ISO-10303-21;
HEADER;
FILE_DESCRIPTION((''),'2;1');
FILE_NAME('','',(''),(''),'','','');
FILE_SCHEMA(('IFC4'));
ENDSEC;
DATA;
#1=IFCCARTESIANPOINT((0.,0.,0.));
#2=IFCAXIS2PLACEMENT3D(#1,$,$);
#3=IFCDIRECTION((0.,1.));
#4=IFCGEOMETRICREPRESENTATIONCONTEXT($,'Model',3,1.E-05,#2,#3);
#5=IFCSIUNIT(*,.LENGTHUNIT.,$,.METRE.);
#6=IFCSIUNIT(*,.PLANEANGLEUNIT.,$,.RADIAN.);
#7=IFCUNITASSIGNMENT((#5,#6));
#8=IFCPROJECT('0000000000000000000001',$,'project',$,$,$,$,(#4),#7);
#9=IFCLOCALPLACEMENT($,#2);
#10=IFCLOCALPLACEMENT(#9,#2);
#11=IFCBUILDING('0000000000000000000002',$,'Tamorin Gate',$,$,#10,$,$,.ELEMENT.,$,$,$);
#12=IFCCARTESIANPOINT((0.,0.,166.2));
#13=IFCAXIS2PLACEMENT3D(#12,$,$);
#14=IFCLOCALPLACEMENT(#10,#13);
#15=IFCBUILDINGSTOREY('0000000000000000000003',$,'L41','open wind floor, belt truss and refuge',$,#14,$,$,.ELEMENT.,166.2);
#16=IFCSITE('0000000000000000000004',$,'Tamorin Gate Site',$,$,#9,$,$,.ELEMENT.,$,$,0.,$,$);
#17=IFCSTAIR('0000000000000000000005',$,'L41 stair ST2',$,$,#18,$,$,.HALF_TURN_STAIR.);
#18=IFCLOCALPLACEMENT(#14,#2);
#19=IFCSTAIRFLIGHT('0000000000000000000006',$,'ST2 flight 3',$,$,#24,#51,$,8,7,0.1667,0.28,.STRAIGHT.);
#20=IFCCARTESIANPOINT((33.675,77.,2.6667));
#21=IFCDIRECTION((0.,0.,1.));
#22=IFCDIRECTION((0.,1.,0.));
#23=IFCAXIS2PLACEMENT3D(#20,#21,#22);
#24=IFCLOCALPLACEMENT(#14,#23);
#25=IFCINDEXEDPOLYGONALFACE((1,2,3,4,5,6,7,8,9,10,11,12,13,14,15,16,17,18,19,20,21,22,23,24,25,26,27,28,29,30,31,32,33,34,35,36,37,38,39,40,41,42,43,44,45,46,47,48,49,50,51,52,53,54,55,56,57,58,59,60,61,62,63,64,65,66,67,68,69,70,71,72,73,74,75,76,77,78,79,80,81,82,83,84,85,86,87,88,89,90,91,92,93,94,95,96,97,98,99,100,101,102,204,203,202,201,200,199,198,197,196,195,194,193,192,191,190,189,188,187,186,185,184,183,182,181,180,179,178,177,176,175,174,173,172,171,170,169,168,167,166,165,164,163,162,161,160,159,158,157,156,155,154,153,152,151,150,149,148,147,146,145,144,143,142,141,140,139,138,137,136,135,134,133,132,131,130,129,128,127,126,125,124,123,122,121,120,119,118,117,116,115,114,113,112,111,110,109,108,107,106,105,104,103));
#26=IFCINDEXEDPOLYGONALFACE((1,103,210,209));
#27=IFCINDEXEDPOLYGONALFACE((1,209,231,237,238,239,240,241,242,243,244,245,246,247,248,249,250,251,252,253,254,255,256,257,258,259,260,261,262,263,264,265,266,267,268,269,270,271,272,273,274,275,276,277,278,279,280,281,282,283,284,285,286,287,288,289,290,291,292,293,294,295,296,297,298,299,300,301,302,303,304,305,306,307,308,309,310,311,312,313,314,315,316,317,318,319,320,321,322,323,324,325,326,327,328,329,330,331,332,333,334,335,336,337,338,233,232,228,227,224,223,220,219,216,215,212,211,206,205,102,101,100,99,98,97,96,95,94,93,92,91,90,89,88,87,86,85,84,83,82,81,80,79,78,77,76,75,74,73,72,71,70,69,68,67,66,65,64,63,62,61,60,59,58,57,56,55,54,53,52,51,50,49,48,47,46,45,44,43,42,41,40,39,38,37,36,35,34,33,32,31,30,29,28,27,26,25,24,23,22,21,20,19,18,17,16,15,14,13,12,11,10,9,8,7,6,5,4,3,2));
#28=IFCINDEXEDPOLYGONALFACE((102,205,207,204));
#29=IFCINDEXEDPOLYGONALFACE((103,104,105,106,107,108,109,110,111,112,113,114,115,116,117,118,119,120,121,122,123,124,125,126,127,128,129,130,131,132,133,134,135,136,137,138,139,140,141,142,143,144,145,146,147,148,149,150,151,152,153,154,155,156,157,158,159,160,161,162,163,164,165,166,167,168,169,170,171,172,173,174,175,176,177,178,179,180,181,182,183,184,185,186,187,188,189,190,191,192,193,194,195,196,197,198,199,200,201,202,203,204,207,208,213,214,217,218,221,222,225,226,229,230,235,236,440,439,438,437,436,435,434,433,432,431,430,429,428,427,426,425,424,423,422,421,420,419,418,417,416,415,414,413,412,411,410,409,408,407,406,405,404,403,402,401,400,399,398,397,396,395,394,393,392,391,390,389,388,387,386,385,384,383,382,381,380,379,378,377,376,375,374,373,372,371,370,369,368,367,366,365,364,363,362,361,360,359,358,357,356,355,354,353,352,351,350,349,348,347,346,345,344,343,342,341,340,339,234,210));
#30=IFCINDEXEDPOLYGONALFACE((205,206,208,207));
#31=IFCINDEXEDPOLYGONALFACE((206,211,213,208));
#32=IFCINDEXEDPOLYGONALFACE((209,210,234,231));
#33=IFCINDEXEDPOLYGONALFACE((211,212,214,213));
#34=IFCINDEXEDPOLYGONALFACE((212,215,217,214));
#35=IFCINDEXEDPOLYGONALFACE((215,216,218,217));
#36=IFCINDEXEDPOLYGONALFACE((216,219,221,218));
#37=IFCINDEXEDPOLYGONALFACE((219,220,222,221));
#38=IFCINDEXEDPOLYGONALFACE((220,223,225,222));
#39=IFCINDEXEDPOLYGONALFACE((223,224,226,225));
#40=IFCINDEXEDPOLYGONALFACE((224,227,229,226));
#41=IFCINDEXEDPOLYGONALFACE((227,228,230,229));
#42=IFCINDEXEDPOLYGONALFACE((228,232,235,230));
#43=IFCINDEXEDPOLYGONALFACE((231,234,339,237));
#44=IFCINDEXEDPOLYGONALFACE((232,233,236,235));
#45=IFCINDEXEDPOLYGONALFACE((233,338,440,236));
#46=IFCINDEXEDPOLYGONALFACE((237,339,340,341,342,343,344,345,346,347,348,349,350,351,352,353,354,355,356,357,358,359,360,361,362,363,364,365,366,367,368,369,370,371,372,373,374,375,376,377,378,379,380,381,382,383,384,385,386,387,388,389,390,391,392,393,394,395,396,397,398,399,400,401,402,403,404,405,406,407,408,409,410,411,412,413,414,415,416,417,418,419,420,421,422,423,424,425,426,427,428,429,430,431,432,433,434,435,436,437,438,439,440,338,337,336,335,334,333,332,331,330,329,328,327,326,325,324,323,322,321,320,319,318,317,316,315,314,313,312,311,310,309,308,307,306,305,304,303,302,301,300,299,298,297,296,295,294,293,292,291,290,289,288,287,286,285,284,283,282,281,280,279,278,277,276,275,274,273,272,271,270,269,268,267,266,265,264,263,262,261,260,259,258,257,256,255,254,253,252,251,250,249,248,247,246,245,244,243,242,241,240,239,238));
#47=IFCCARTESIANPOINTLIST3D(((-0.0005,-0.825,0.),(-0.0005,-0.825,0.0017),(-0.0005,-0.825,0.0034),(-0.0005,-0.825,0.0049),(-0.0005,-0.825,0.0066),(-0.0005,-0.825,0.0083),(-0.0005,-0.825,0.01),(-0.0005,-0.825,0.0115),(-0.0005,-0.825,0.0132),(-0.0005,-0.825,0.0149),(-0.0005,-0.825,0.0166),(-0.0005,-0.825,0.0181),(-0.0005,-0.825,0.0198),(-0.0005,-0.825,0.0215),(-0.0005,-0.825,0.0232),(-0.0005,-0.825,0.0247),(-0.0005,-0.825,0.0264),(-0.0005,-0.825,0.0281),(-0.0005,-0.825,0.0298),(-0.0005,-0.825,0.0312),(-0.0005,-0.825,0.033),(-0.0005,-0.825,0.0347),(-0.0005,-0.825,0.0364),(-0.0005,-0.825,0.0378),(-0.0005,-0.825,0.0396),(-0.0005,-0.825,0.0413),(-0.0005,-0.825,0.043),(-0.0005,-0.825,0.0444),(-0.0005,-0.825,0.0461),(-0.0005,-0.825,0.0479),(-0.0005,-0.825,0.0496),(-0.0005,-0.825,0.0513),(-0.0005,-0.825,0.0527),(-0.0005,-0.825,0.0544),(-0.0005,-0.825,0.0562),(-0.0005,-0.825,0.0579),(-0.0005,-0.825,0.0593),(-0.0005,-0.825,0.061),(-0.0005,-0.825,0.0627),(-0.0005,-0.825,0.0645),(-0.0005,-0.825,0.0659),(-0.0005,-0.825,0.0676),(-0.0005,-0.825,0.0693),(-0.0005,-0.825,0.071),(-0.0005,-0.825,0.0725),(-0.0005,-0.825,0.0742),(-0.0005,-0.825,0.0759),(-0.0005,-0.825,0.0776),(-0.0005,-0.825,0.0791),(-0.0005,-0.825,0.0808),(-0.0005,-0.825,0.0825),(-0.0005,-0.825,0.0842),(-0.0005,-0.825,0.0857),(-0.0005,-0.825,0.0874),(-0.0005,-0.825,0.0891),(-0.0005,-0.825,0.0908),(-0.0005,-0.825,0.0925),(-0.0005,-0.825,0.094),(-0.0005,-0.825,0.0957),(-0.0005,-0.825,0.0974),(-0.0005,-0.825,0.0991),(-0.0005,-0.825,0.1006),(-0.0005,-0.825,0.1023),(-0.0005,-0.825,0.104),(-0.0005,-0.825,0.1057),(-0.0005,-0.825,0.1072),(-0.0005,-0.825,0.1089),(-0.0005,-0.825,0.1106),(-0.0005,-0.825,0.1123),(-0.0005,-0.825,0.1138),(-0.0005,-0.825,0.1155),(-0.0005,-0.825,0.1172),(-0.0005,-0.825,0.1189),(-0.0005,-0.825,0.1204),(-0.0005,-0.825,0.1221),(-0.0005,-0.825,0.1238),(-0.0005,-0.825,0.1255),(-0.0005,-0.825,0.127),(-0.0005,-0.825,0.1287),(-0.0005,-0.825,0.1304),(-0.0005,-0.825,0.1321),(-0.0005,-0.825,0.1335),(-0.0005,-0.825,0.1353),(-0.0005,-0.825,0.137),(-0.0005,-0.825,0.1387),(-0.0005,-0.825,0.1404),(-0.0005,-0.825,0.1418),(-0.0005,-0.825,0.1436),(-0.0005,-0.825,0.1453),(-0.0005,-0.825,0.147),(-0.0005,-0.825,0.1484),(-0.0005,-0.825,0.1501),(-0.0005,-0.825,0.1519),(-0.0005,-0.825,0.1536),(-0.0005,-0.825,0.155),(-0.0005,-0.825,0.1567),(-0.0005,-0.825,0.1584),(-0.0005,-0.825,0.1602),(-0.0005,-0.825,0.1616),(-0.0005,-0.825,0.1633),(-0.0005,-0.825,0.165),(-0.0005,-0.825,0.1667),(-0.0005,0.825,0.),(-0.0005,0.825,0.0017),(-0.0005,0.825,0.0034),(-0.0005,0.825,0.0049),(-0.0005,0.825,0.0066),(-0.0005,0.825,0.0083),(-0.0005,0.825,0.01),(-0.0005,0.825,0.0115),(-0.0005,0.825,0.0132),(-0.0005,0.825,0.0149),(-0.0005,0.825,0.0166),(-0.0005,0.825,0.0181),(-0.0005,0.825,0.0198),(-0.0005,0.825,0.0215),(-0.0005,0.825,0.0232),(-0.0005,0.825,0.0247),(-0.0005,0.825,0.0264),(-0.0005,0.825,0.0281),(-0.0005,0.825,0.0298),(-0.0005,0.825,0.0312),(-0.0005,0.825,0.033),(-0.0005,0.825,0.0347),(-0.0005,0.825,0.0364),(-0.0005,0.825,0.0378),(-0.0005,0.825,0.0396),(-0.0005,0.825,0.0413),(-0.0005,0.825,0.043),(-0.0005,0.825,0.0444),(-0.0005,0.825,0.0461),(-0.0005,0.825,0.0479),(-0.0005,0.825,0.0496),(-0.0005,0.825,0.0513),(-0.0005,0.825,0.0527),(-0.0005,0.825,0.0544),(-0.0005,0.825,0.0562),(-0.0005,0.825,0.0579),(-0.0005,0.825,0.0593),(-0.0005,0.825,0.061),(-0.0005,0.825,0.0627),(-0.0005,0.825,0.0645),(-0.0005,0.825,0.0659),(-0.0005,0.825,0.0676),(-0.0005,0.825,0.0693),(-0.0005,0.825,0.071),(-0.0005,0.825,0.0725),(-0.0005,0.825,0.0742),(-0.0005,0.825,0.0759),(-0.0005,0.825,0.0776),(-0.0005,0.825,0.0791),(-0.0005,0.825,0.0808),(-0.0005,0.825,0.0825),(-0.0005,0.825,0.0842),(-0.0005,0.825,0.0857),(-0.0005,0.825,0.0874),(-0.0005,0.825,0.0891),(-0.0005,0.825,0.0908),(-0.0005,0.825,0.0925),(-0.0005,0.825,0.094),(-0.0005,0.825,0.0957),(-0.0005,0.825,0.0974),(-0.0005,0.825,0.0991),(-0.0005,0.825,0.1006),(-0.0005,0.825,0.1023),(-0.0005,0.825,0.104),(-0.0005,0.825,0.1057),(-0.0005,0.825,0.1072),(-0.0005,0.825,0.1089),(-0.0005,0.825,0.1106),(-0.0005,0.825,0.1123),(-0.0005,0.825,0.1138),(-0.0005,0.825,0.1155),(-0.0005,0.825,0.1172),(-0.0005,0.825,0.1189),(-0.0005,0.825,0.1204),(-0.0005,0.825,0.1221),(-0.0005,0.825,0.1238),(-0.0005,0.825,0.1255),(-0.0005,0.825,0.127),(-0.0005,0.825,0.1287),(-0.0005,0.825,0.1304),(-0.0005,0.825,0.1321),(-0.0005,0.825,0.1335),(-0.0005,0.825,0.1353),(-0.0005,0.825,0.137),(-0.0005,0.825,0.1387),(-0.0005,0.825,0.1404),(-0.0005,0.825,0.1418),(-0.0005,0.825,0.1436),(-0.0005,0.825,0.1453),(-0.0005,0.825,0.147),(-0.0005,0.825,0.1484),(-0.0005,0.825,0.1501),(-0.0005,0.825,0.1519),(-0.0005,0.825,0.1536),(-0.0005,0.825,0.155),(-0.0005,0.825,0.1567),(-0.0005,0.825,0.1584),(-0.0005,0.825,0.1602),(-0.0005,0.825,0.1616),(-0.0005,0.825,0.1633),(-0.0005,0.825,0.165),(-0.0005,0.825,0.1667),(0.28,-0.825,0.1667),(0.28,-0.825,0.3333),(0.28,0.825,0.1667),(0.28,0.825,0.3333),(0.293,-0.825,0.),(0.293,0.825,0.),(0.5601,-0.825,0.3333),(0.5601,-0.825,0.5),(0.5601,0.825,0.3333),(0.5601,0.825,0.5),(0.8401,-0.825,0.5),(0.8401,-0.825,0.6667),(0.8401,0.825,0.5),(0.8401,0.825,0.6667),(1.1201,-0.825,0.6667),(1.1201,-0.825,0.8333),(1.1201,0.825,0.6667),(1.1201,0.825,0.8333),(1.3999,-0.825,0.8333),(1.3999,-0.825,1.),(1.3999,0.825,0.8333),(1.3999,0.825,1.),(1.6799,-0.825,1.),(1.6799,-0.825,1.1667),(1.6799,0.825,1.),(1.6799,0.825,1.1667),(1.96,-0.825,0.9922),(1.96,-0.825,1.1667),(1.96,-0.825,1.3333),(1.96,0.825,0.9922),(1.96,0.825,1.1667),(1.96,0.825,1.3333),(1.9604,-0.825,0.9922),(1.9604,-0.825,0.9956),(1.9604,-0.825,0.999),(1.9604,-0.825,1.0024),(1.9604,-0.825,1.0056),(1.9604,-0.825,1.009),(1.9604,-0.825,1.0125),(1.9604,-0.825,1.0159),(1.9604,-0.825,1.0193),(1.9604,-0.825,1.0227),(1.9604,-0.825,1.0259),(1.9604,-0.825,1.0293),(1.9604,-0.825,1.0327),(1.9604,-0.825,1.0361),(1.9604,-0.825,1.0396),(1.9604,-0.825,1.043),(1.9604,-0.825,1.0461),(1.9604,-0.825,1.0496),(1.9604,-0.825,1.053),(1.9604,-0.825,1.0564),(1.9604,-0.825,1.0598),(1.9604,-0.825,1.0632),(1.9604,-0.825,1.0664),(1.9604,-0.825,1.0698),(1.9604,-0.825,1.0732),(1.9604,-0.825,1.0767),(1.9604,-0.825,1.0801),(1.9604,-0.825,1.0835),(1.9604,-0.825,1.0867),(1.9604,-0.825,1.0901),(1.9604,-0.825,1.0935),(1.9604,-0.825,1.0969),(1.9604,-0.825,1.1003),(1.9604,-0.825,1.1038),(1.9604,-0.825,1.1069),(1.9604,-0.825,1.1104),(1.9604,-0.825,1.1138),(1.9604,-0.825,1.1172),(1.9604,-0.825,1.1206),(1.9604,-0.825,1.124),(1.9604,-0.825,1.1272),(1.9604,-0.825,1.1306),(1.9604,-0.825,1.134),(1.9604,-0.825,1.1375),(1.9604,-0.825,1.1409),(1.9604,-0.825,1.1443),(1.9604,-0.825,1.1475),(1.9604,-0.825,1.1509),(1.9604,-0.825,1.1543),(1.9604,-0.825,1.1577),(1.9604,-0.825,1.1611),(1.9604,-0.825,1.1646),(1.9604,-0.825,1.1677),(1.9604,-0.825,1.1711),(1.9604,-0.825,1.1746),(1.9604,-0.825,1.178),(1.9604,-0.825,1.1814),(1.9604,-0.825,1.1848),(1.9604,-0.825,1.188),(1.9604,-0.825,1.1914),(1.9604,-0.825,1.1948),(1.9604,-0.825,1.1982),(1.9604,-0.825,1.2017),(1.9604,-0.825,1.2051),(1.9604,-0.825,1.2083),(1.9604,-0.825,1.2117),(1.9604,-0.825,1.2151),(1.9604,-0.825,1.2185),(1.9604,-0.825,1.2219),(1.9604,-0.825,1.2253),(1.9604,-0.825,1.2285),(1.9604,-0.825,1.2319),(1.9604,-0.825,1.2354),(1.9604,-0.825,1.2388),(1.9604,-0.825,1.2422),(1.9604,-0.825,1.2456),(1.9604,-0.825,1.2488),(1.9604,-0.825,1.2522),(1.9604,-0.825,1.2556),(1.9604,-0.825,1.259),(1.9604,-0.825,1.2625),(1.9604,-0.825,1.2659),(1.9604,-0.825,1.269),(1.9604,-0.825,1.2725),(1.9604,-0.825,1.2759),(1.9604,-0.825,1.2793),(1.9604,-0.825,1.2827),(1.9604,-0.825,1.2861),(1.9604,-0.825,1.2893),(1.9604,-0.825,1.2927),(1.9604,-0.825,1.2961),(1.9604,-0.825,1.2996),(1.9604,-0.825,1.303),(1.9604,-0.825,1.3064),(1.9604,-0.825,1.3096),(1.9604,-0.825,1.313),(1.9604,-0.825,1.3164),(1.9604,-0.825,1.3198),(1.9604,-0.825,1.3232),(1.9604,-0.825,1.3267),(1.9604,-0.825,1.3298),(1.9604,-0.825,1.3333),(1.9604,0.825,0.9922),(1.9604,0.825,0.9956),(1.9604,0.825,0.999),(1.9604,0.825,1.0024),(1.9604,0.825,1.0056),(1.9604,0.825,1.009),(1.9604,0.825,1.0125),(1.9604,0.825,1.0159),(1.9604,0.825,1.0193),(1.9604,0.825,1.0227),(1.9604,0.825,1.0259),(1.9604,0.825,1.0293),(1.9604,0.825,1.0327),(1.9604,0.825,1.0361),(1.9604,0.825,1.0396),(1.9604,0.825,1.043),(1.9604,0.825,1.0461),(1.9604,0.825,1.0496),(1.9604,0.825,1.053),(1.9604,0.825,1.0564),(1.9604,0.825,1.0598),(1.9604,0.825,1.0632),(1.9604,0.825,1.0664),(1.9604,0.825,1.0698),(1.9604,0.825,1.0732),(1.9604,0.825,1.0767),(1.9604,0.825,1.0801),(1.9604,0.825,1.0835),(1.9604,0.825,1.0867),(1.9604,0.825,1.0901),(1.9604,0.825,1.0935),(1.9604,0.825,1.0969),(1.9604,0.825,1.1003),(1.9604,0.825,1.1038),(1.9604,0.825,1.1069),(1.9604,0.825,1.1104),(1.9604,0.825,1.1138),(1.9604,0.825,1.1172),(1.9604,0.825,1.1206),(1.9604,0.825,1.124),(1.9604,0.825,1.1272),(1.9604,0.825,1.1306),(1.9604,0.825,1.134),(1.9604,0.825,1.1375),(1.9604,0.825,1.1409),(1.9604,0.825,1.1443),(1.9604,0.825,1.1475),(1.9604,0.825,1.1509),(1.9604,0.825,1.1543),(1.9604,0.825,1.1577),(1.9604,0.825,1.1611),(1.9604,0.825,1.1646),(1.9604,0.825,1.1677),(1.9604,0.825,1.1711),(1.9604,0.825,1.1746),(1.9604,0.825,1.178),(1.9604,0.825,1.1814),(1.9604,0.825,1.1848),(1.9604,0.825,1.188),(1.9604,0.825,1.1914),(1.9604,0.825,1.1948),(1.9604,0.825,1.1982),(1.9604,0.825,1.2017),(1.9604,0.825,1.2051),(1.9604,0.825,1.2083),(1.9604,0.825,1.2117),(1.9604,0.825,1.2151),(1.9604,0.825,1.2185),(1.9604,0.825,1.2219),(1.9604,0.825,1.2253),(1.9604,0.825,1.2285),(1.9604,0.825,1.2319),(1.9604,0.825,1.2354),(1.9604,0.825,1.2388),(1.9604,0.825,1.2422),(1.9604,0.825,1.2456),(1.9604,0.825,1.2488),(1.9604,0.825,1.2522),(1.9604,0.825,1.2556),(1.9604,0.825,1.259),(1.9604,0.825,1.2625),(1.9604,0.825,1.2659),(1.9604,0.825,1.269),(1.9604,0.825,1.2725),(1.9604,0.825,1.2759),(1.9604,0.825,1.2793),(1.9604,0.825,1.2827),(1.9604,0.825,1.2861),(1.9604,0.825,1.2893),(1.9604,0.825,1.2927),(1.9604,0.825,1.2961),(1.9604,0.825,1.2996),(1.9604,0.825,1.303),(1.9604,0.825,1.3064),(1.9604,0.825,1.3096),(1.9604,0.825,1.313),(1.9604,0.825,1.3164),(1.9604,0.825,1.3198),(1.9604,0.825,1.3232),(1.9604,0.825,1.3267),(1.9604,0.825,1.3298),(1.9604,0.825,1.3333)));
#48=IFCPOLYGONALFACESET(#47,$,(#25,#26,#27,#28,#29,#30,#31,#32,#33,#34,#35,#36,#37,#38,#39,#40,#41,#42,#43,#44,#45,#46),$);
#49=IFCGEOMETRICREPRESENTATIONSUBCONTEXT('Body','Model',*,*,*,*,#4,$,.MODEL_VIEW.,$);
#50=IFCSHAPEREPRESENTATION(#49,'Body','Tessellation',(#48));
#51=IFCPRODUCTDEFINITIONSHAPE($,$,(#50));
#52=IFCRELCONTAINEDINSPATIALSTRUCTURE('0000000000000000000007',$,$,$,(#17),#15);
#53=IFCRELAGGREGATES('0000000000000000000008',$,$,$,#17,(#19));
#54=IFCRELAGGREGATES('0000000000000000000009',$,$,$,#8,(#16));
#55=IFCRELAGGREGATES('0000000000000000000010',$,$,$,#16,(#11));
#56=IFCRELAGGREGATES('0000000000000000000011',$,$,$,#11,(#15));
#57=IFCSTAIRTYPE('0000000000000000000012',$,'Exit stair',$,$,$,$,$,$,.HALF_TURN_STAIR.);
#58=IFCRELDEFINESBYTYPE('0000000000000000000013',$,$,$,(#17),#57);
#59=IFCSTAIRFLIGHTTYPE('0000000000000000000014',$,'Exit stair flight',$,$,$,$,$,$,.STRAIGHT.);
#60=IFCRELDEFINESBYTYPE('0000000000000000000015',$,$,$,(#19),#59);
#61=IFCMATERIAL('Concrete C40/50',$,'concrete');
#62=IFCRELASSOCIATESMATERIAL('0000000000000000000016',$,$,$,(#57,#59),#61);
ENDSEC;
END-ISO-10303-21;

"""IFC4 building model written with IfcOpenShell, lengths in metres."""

from ifc_helpers import new_model, si_unit, direction, frame, origin, place, context, subcontext, project, spatial, polyline, outline, extrude, material, type_object, element, aggregate, save


model = new_model("IFC4")

# Units and contexts
model_context = context("Model", 3, precision=1e-05, world=origin(), true_north=direction((0.0, 1.0)))
body_context = subcontext(model_context, "Body", "Model", "MODEL_VIEW")
ifc_project = project(units=[si_unit("LENGTHUNIT", "METRE"), si_unit("PLANEANGLEUNIT", "RADIAN")], contexts=[model_context])

# Site, building, storey
site_placement = place(None, origin())
site = spatial("IfcSite", under=ifc_project, at=site_placement, Name="Tamorin Gate Site", CompositionType="ELEMENT", RefElevation=0.0)
building_placement = place(site_placement, origin())
building = spatial("IfcBuilding", under=site, at=building_placement, Name="Tamorin Gate", CompositionType="ELEMENT")
storey_placement = place(building_placement, frame((0.0, 0.0, 166.2)))
storey = spatial("IfcBuildingStorey", under=building, at=storey_placement, Name="L41", Description="open wind floor, belt truss and refuge", CompositionType="ELEMENT", Elevation=166.2)

# Shared definitions
ifc_material_1 = material(Name="Concrete C40/50", Category="concrete")

# Stair, stair flight
stair_type = type_object("IfcStairType", Name="Exit stair", PredefinedType="HALF_TURN_STAIR", material=ifc_material_1)
stair_flight_type = type_object("IfcStairFlightType", Name="Exit stair flight", PredefinedType="STRAIGHT", material=ifc_material_1)
stair_1_placement = place(storey_placement, origin())
stair_1 = element("IfcStair", 1, at=stair_1_placement, inside=storey, type_object=stair_type, Name="L41 stair ST2", PredefinedType="HALF_TURN_STAIR")
stair_flight_1_placement = place(storey_placement, frame((33.675, 77.0, 2.6667), z_axis=(0.0, 0.0, 1.0), x_axis=(0.0, 1.0, 0.0)))
stair_flight_1 = element("IfcStairFlight", 2, at=stair_flight_1_placement, type_object=stair_flight_type, Name="ST2 flight 3", NumberOfRisers=8, NumberOfTreads=7, PredefinedType="STRAIGHT", RiserHeight=0.1667, TreadLength=0.28, context=body_context, shape_type="SweptSolid", body=[
    extrude(outline(polyline([(-0.0005, 0.0), (-0.0005, 0.0017), (-0.0005, 0.0034), (-0.0005, 0.0049), (-0.0005, 0.0066), (-0.0005, 0.0083), (-0.0005, 0.01), (-0.0005, 0.0115), (-0.0005, 0.0132), (-0.0005, 0.0149), (-0.0005, 0.0166), (-0.0005, 0.0181), (-0.0005, 0.0198), (-0.0005, 0.0215), (-0.0005, 0.0232), (-0.0005, 0.0247), (-0.0005, 0.0264), (-0.0005, 0.0281), (-0.0005, 0.0298), (-0.0005, 0.0312), (-0.0005, 0.033), (-0.0005, 0.0347), (-0.0005, 0.0364), (-0.0005, 0.0378), (-0.0005, 0.0396), (-0.0005, 0.0413), (-0.0005, 0.043), (-0.0005, 0.0444), (-0.0005, 0.0461), (-0.0005, 0.0479), (-0.0005, 0.0496), (-0.0005, 0.0513), (-0.0005, 0.0527), (-0.0005, 0.0544), (-0.0005, 0.0562), (-0.0005, 0.0579), (-0.0005, 0.0593), (-0.0005, 0.061), (-0.0005, 0.0627), (-0.0005, 0.0645), (-0.0005, 0.0659), (-0.0005, 0.0676), (-0.0005, 0.0693), (-0.0005, 0.071), (-0.0005, 0.0725), (-0.0005, 0.0742), (-0.0005, 0.0759), (-0.0005, 0.0776), (-0.0005, 0.0791), (-0.0005, 0.0808), (-0.0005, 0.0825), (-0.0005, 0.0842), (-0.0005, 0.0857), (-0.0005, 0.0874), (-0.0005, 0.0891), (-0.0005, 0.0908), (-0.0005, 0.0925), (-0.0005, 0.094), (-0.0005, 0.0957), (-0.0005, 0.0974), (-0.0005, 0.0991), (-0.0005, 0.1006), (-0.0005, 0.1023), (-0.0005, 0.104), (-0.0005, 0.1057), (-0.0005, 0.1072), (-0.0005, 0.1089), (-0.0005, 0.1106), (-0.0005, 0.1123), (-0.0005, 0.1138), (-0.0005, 0.1155), (-0.0005, 0.1172), (-0.0005, 0.1189), (-0.0005, 0.1204), (-0.0005, 0.1221), (-0.0005, 0.1238), (-0.0005, 0.1255), (-0.0005, 0.127), (-0.0005, 0.1287), (-0.0005, 0.1304), (-0.0005, 0.1321), (-0.0005, 0.1335), (-0.0005, 0.1353), (-0.0005, 0.137), (-0.0005, 0.1387), (-0.0005, 0.1404), (-0.0005, 0.1418), (-0.0005, 0.1436), (-0.0005, 0.1453), (-0.0005, 0.147), (-0.0005, 0.1484), (-0.0005, 0.1501), (-0.0005, 0.1519), (-0.0005, 0.1536), (-0.0005, 0.155), (-0.0005, 0.1567), (-0.0005, 0.1584), (-0.0005, 0.1602), (-0.0005, 0.1616), (-0.0005, 0.1633), (-0.0005, 0.165), (-0.0005, 0.1667), (0.28, 0.1667), (0.28, 0.3333), (0.5601, 0.3333), (0.5601, 0.5), (0.8401, 0.5), (0.8401, 0.6667), (1.1201, 0.6667), (1.1201, 0.8333), (1.3999, 0.8333), (1.3999, 1.0), (1.6799, 1.0), (1.6799, 1.1667), (1.96, 1.1667), (1.96, 1.3333), (1.9604, 1.3333), (1.9604, 1.3298), (1.9604, 1.3267), (1.9604, 1.3232), (1.9604, 1.3198), (1.9604, 1.3164), (1.9604, 1.313), (1.9604, 1.3096), (1.9604, 1.3064), (1.9604, 1.303), (1.9604, 1.2996), (1.9604, 1.2961), (1.9604, 1.2927), (1.9604, 1.2893), (1.9604, 1.2861), (1.9604, 1.2827), (1.9604, 1.2793), (1.9604, 1.2759), (1.9604, 1.2725), (1.9604, 1.269), (1.9604, 1.2659), (1.9604, 1.2625), (1.9604, 1.259), (1.9604, 1.2556), (1.9604, 1.2522), (1.9604, 1.2488), (1.9604, 1.2456), (1.9604, 1.2422), (1.9604, 1.2388), (1.9604, 1.2354), (1.9604, 1.2319), (1.9604, 1.2285), (1.9604, 1.2253), (1.9604, 1.2219), (1.9604, 1.2185), (1.9604, 1.2151), (1.9604, 1.2117), (1.9604, 1.2083), (1.9604, 1.2051), (1.9604, 1.2017), (1.9604, 1.1982), (1.9604, 1.1948), (1.9604, 1.1914), (1.9604, 1.188), (1.9604, 1.1848), (1.9604, 1.1814), (1.9604, 1.178), (1.9604, 1.1746), (1.9604, 1.1711), (1.9604, 1.1677), (1.9604, 1.1646), (1.9604, 1.1611), (1.9604, 1.1577), (1.9604, 1.1543), (1.9604, 1.1509), (1.9604, 1.1475), (1.9604, 1.1443), (1.9604, 1.1409), (1.9604, 1.1375), (1.9604, 1.134), (1.9604, 1.1306), (1.9604, 1.1272), (1.9604, 1.124), (1.9604, 1.1206), (1.9604, 1.1172), (1.9604, 1.1138), (1.9604, 1.1104), (1.9604, 1.1069), (1.9604, 1.1038), (1.9604, 1.1003), (1.9604, 1.0969), (1.9604, 1.0935), (1.9604, 1.0901), (1.9604, 1.0867), (1.9604, 1.0835), (1.9604, 1.0801), (1.9604, 1.0767), (1.9604, 1.0732), (1.9604, 1.0698), (1.9604, 1.0664), (1.9604, 1.0632), (1.9604, 1.0598), (1.9604, 1.0564), (1.9604, 1.053), (1.9604, 1.0496), (1.9604, 1.0461), (1.9604, 1.043), (1.9604, 1.0396), (1.9604, 1.0361), (1.9604, 1.0327), (1.9604, 1.0293), (1.9604, 1.0259), (1.9604, 1.0227), (1.9604, 1.0193), (1.9604, 1.0159), (1.9604, 1.0125), (1.9604, 1.009), (1.9604, 1.0056), (1.9604, 1.0024), (1.9604, 0.999), (1.9604, 0.9956), (1.9604, 0.9922), (1.96, 0.9922), (0.293, 0.0), (-0.0005, 0.0)])), frame((0.0, 0.825, 0.0), z_axis=(0.0, -1.0, 0.0), x_axis=(1.0, 0.0, 0.0)), (0.0, 0.0, 1.0), 1.6499),
])
aggregate(stair_1, [stair_flight_1])

save(model, "model.ifc")
